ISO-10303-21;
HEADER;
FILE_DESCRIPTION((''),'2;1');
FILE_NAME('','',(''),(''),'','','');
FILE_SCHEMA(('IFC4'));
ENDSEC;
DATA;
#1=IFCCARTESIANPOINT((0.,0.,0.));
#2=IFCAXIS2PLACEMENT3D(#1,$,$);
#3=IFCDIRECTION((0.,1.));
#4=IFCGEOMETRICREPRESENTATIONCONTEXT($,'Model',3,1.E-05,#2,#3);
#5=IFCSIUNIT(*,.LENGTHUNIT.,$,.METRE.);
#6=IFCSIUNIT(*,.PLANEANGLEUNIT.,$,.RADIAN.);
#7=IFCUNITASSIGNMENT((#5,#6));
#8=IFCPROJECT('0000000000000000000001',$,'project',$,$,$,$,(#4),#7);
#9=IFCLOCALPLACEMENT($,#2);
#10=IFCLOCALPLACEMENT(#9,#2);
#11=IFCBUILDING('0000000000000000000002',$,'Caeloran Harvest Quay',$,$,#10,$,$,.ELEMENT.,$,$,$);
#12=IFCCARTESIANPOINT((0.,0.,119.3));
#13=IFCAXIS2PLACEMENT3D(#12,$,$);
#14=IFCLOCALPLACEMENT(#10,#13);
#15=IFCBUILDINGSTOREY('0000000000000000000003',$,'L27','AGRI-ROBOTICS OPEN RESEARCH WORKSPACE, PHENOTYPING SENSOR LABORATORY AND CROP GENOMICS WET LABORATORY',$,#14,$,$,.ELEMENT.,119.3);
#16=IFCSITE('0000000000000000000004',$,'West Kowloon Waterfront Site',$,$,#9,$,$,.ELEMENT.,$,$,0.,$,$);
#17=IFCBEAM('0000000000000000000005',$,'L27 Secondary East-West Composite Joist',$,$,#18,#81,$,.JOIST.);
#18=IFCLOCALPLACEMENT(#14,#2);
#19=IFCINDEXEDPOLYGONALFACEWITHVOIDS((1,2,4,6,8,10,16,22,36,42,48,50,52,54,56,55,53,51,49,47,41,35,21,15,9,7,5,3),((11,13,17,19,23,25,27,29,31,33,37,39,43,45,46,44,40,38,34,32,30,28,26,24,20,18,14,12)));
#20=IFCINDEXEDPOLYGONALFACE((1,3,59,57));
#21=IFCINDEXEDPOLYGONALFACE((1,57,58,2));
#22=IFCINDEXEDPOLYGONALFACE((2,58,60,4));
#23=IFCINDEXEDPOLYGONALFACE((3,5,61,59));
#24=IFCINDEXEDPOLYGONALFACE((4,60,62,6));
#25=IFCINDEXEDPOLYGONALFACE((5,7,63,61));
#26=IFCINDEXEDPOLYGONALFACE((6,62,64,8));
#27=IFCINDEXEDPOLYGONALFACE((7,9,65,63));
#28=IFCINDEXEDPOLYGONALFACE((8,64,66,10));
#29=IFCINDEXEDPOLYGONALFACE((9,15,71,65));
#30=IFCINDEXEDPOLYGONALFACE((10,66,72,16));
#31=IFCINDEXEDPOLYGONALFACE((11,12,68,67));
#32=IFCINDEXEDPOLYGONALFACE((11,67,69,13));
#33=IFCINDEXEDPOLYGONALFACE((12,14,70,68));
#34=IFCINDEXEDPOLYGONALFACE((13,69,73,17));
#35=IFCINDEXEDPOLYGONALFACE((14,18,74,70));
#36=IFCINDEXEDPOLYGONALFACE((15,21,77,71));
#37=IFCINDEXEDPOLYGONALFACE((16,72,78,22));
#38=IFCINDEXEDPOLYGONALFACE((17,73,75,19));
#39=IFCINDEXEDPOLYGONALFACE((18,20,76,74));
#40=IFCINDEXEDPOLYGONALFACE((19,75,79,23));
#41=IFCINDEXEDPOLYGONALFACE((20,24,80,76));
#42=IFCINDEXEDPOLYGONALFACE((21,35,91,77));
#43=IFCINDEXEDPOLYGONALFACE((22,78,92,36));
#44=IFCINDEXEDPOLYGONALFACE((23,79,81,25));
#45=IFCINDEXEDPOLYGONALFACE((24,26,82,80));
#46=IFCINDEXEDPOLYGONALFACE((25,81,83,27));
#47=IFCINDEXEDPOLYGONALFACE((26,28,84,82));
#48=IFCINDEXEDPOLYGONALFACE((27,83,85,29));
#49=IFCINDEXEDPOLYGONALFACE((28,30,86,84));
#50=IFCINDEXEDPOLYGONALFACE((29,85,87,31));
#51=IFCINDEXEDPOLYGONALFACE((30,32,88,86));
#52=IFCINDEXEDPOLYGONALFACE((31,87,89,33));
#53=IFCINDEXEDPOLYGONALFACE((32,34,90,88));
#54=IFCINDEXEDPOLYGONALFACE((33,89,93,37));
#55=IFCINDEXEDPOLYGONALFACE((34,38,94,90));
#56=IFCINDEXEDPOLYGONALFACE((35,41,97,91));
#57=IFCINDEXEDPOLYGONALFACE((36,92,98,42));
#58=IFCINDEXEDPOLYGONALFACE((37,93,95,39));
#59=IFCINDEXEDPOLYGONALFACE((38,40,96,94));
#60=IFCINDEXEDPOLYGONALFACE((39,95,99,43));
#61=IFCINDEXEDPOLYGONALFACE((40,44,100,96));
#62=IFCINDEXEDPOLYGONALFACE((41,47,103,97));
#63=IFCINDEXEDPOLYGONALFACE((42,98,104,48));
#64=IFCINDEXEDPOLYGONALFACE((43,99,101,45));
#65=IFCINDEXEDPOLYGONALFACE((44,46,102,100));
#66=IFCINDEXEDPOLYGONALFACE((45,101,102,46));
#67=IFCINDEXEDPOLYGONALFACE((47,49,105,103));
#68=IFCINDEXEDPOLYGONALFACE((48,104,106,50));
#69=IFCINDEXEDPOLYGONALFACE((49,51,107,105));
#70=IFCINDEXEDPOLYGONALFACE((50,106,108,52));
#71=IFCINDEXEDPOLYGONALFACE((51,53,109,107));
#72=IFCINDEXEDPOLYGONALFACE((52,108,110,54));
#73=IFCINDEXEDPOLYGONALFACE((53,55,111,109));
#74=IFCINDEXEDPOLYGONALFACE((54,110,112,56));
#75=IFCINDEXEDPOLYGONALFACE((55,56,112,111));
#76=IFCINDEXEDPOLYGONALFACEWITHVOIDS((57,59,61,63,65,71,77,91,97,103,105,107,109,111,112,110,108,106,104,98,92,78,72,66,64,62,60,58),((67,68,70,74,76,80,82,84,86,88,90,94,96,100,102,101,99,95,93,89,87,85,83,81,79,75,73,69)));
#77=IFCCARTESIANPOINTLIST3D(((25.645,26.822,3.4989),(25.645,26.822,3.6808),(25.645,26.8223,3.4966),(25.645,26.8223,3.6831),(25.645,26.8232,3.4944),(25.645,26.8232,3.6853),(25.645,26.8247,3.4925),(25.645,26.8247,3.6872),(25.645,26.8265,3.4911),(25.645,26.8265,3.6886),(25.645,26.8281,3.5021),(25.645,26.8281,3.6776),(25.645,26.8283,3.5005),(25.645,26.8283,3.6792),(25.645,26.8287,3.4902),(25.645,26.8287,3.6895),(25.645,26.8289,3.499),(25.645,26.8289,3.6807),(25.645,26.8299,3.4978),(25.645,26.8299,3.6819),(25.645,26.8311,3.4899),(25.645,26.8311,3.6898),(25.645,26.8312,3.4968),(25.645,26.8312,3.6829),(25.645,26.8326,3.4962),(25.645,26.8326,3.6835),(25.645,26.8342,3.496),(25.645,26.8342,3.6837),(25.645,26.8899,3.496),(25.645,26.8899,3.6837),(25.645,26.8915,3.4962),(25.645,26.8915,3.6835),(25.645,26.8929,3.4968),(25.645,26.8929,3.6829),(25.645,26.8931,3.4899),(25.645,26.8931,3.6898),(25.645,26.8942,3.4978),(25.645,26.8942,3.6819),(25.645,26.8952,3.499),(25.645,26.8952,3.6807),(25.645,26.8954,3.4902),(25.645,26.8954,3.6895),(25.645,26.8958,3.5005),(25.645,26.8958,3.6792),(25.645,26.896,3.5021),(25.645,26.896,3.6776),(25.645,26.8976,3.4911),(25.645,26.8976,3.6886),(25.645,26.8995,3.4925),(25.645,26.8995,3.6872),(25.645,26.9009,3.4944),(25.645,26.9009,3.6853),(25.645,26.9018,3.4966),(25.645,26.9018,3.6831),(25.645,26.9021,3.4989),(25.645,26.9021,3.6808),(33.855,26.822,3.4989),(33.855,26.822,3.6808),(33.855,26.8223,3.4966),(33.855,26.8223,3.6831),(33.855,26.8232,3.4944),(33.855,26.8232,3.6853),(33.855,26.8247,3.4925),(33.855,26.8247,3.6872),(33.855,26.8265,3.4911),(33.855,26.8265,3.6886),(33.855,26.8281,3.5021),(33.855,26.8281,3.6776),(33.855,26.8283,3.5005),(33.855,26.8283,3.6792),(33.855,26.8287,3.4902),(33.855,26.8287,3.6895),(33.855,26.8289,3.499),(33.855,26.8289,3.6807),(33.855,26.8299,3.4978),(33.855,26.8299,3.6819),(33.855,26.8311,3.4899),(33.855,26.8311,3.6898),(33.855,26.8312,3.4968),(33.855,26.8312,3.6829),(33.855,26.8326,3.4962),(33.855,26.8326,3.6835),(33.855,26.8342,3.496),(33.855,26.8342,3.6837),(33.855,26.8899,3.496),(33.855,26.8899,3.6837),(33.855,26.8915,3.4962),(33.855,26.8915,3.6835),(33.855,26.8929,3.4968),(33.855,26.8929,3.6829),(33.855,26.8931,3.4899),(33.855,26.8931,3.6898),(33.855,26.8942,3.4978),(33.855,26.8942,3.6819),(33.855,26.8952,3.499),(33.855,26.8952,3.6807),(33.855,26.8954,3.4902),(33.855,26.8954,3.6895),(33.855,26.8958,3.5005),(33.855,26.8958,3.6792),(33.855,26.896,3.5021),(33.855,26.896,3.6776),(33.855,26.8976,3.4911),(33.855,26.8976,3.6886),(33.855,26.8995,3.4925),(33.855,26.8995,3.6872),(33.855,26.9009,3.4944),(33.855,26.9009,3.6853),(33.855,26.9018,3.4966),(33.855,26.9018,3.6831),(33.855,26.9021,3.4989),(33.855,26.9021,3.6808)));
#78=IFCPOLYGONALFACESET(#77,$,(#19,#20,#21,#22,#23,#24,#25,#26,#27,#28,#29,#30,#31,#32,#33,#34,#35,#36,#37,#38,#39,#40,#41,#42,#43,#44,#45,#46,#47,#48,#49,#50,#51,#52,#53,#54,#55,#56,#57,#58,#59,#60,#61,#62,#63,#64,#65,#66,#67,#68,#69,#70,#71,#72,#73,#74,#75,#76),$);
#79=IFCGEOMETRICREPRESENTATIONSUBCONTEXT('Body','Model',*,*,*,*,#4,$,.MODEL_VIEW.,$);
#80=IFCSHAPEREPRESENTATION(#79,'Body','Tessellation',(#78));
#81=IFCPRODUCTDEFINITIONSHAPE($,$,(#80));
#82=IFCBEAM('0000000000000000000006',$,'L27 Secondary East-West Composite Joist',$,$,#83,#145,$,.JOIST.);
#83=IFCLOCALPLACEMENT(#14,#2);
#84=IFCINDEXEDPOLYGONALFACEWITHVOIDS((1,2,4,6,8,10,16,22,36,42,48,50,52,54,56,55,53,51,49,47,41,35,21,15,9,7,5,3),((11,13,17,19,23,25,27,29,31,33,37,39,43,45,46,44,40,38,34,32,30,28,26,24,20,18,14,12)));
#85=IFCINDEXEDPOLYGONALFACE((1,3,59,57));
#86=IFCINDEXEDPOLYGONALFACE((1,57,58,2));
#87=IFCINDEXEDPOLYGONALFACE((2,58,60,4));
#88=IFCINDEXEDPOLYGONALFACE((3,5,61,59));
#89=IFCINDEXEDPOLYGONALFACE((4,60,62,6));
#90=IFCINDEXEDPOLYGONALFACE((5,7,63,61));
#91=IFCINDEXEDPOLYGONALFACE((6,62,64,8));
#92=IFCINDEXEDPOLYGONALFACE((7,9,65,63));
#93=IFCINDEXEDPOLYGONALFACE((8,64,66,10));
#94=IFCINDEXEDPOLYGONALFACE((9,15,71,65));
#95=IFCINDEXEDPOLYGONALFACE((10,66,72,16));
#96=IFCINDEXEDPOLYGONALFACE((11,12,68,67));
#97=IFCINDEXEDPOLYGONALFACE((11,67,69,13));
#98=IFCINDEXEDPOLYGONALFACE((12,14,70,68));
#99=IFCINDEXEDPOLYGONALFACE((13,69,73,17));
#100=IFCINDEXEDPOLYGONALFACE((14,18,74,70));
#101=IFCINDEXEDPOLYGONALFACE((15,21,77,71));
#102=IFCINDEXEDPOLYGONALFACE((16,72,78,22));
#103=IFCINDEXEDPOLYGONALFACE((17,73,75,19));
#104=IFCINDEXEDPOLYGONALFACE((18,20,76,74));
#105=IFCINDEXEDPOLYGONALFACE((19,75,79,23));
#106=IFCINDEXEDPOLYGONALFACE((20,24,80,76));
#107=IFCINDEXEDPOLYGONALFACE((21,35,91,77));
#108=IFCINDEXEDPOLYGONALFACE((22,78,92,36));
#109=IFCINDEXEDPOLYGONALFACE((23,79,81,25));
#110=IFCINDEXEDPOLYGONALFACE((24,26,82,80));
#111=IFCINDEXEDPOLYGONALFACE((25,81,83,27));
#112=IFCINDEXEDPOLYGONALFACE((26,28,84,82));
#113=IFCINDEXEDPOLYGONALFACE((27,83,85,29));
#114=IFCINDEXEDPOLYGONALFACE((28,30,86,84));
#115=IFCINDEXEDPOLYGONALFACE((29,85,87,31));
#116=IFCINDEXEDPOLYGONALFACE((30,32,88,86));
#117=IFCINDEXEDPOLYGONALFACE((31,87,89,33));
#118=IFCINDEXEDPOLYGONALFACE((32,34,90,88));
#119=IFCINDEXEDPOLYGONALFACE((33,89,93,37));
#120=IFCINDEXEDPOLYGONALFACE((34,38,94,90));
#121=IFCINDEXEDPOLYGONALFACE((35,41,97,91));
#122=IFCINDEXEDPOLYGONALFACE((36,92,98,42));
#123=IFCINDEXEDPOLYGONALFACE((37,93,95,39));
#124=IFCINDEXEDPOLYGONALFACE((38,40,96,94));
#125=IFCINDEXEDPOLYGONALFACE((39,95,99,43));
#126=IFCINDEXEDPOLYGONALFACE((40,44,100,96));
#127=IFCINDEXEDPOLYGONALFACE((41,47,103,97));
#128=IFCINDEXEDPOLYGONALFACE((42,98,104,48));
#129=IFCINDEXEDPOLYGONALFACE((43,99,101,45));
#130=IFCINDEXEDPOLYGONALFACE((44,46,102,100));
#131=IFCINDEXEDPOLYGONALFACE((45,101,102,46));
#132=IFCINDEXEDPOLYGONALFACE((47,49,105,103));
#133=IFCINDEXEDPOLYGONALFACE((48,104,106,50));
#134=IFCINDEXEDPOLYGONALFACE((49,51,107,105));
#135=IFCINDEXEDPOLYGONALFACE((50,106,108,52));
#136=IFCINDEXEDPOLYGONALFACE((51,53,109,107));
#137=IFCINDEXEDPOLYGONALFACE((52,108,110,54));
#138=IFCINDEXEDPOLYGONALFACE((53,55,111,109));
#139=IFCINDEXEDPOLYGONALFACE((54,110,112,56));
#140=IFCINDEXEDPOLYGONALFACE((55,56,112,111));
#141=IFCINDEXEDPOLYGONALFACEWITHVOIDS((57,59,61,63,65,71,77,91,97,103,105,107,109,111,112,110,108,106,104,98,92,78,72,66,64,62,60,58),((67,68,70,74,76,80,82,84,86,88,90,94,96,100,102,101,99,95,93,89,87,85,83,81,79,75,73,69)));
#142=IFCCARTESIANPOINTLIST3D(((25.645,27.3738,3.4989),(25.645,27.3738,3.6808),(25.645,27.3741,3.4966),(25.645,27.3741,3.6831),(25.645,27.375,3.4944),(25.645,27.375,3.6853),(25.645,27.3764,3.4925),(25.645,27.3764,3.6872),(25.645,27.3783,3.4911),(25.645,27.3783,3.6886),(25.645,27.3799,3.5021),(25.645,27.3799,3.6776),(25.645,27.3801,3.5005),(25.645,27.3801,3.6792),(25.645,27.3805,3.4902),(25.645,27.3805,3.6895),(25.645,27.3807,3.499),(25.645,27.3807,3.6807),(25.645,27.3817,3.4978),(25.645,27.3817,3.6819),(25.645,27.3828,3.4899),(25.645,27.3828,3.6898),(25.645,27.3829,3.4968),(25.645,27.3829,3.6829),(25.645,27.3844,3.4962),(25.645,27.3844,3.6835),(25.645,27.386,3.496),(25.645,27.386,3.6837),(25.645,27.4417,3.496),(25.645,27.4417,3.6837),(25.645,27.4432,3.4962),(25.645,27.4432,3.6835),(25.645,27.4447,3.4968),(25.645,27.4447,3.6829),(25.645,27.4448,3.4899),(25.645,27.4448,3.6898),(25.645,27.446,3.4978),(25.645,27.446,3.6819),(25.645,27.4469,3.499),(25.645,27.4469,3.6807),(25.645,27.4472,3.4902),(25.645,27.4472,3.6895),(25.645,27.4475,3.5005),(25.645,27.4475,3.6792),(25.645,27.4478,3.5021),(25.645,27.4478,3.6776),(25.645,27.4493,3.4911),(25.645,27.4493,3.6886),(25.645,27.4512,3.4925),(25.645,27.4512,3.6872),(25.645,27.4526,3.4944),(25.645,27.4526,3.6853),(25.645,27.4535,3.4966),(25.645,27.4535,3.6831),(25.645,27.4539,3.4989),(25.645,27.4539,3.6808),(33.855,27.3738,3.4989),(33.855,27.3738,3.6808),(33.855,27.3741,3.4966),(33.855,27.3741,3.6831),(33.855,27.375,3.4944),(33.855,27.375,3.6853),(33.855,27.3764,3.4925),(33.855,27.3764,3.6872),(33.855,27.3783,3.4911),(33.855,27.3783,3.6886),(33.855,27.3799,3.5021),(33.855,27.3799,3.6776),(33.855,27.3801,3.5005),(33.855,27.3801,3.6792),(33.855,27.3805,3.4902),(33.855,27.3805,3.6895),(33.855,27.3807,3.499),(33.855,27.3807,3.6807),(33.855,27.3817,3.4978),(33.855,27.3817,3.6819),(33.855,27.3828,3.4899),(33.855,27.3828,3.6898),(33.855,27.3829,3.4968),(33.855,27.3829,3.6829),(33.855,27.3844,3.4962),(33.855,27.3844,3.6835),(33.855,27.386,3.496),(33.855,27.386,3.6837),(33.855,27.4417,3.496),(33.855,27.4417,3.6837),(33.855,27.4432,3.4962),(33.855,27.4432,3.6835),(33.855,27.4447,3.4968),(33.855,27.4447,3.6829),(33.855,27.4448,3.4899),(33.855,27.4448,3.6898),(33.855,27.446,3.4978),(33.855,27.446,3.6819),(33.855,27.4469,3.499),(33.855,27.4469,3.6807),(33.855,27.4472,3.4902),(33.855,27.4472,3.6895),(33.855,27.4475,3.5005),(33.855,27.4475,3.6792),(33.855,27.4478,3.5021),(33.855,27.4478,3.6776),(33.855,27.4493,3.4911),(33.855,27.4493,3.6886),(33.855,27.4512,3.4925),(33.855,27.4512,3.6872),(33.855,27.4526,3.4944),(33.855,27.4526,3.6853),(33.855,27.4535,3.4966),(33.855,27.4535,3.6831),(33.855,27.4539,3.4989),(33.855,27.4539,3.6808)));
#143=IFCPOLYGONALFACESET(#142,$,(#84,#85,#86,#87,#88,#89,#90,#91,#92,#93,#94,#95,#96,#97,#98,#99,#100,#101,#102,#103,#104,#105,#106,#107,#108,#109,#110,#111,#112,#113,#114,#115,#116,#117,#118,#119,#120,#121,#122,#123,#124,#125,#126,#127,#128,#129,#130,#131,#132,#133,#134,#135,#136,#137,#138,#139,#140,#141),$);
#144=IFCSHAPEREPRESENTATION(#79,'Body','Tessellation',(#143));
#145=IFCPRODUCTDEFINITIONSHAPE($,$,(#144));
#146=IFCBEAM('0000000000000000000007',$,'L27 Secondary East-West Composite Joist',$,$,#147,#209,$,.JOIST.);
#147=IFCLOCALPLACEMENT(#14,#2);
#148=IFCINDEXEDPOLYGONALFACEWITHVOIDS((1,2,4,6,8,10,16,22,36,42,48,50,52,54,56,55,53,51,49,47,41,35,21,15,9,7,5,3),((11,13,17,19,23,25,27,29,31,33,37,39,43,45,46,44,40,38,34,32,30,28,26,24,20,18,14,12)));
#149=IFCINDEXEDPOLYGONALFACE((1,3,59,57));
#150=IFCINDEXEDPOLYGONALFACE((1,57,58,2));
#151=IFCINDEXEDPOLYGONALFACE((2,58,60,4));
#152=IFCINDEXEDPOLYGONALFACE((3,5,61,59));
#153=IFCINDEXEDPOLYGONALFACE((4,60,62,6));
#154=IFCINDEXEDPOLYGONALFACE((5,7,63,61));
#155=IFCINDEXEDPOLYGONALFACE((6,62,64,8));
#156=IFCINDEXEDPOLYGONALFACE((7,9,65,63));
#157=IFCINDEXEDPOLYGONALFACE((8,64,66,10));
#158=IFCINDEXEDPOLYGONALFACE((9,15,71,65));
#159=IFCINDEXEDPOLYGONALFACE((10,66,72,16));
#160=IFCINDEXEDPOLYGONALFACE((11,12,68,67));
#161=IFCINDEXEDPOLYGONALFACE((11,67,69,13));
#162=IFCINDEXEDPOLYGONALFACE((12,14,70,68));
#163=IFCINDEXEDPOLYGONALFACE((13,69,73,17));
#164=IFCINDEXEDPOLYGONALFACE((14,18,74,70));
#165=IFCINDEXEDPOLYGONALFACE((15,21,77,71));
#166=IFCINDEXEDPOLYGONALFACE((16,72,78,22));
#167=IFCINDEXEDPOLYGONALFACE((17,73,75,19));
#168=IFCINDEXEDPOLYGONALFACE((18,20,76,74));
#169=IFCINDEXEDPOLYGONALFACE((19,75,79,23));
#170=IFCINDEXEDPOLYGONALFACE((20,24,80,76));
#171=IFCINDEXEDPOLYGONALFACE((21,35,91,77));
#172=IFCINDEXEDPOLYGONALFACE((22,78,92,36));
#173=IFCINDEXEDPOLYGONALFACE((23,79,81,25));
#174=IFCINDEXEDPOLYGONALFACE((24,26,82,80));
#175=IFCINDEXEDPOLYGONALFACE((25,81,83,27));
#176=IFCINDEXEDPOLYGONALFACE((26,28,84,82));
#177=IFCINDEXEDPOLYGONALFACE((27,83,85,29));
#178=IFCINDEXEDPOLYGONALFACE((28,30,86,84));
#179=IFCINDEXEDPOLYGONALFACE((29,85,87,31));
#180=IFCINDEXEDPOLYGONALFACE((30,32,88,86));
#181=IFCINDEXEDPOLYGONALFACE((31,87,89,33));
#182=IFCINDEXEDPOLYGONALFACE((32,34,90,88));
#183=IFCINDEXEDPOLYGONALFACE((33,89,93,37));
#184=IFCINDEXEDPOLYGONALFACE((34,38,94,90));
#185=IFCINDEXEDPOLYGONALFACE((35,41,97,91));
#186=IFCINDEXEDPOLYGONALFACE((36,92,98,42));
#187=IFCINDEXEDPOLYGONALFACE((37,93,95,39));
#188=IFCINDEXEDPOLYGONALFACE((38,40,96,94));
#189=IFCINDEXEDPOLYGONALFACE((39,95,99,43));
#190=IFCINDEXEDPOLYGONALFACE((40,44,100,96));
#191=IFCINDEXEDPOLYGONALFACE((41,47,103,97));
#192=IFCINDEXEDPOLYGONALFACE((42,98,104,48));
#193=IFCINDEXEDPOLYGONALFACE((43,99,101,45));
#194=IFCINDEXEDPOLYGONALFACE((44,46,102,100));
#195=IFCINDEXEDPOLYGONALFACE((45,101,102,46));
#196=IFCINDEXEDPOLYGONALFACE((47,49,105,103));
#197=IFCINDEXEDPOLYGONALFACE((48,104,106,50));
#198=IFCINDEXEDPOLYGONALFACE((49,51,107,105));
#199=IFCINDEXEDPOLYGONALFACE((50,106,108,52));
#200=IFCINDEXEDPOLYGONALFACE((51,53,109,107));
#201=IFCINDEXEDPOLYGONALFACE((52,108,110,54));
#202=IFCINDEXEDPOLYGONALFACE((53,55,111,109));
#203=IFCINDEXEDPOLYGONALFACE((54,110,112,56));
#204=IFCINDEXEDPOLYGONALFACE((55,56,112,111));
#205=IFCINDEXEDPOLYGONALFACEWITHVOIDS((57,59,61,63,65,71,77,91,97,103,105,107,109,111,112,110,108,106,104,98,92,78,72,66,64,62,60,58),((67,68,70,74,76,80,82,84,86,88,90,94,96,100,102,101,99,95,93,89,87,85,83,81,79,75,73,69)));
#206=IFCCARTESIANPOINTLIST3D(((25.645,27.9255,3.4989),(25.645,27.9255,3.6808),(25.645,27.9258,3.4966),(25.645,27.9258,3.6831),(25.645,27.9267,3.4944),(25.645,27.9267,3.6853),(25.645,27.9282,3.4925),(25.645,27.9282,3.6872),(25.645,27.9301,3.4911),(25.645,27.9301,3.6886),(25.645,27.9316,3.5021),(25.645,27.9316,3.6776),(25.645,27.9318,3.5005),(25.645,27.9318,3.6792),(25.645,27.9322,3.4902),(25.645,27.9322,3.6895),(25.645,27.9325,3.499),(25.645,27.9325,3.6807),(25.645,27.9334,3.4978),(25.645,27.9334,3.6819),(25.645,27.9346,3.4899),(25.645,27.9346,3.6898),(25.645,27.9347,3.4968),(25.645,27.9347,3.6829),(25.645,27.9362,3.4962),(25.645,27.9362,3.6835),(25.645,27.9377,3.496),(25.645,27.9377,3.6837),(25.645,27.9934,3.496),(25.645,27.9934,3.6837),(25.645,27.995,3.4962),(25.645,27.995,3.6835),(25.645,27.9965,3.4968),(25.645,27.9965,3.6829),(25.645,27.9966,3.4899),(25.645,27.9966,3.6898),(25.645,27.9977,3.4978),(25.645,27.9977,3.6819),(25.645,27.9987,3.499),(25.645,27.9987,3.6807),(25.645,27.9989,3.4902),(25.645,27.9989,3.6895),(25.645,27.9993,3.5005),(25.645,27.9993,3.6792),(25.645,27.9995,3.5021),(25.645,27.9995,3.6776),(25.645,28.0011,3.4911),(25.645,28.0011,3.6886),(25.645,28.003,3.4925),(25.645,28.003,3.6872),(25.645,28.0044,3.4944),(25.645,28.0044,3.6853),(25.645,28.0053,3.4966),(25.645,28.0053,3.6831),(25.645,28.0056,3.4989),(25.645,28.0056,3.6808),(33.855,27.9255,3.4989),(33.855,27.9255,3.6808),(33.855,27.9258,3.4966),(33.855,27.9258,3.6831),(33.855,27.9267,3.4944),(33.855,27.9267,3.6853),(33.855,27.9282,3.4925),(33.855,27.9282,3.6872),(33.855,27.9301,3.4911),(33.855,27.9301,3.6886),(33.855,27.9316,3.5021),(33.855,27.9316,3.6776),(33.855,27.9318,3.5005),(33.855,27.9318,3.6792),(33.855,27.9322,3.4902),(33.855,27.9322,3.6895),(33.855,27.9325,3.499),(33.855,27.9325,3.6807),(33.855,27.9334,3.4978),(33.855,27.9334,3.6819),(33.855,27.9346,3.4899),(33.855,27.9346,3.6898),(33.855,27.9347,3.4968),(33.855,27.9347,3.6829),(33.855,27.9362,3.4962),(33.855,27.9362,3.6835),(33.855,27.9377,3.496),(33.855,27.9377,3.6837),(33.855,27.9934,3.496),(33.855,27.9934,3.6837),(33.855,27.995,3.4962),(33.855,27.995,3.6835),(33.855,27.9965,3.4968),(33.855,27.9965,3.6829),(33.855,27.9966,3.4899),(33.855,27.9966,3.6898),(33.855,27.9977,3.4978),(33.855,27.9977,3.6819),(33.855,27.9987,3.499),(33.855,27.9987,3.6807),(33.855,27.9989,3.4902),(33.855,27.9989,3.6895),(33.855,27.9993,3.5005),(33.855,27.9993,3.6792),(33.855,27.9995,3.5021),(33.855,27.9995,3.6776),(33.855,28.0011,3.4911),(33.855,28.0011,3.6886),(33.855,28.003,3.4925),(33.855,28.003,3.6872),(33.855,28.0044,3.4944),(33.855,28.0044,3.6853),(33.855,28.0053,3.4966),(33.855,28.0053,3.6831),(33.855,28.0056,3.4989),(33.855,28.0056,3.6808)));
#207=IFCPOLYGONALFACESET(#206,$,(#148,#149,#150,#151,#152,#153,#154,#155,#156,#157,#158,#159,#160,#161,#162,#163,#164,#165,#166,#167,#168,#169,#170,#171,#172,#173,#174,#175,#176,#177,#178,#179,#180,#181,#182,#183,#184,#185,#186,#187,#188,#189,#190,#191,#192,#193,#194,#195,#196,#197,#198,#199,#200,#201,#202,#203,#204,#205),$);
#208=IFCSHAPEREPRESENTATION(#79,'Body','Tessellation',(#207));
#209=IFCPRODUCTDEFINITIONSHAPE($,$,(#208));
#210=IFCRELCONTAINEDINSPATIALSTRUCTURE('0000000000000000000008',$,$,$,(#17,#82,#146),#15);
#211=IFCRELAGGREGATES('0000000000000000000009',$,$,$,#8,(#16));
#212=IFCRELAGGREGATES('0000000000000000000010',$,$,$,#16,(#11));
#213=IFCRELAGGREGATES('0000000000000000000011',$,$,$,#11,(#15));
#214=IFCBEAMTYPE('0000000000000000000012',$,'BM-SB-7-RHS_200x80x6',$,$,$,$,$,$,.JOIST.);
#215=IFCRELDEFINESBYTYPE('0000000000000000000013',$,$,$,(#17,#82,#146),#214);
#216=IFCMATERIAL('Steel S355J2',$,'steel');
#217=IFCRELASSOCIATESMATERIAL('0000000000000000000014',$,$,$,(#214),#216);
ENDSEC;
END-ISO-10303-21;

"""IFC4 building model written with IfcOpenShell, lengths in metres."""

from ifc_helpers import new_model, si_unit, direction, frame, origin, origin_2d, place, context, subcontext, project, spatial, hollow_rectangle, extrude, material, material_profile, profile_set, type_object, element, save


model = new_model("IFC4")

# Units and contexts
model_context = context("Model", 3, precision=1e-05, world=origin(), true_north=direction((0.0, 1.0)))
body_context = subcontext(model_context, "Body", "Model", "MODEL_VIEW")
ifc_project = project(units=[si_unit("LENGTHUNIT", "METRE"), si_unit("PLANEANGLEUNIT", "RADIAN")], contexts=[model_context])

# Site, building, storey
site_placement = place(None, origin())
site = spatial("IfcSite", under=ifc_project, at=site_placement, Name="West Kowloon Waterfront Site", CompositionType="ELEMENT", RefElevation=0.0)
building_placement = place(site_placement, origin())
building = spatial("IfcBuilding", under=site, at=building_placement, Name="Caeloran Harvest Quay", CompositionType="ELEMENT")
storey_placement = place(building_placement, frame((0.0, 0.0, 119.3)))
storey = spatial("IfcBuildingStorey", under=building, at=storey_placement, Name="L27", Description="AGRI-ROBOTICS OPEN RESEARCH WORKSPACE, PHENOTYPING SENSOR LABORATORY AND CROP GENOMICS WET LABORATORY", CompositionType="ELEMENT", Elevation=119.3)

# Beams
ifc_material_1 = material(Name="Steel S355J2", Category="steel")
ifc_material_profile_1 = material_profile(ifc_material_1, hollow_rectangle(XDim=0.0801, YDim=0.2, WallThickness=0.0061, InnerFilletRadius=0.0061, OuterFilletRadius=0.009, at=origin_2d()), Name="RHS 200x80x6")
ifc_profile_set_1 = profile_set([ifc_material_profile_1], Name="Steel S355J2")
beam_type_1 = type_object("IfcBeamType", Name="BM-SB-7-RHS_200x80x6", PredefinedType="JOIST", material=ifc_profile_set_1)
for number, where, z_axis, x_axis, name in (
    (1, (25.645, 26.8621, 3.5898), (1.0, 0.0, 0.0), (0.0, 1.0, 0.0), "L27 Secondary East-West Composite Joist"),
    (2, (25.645, 27.4138, 3.5898), (1.0, 0.0, 0.0), (0.0, 1.0, 0.0), "L27 Secondary East-West Composite Joist"),
    (3, (25.645, 27.9656, 3.5898), (1.0, 0.0, 0.0), (0.0, 1.0, 0.0), "L27 Secondary East-West Composite Joist"),
):
    element("IfcBeam", number, at=place(storey_placement, frame(where, z_axis=z_axis, x_axis=x_axis)), inside=storey, type_object=beam_type_1, Name=name, PredefinedType="JOIST", context=body_context, shape_type="SweptSolid", body=[
        extrude(hollow_rectangle(XDim=0.0801, YDim=0.2, WallThickness=0.0061, InnerFilletRadius=0.0061, OuterFilletRadius=0.009, at=origin_2d()), origin(), (0.0, 0.0, 1.0), 8.21),
    ])

save(model, "model.ifc")
